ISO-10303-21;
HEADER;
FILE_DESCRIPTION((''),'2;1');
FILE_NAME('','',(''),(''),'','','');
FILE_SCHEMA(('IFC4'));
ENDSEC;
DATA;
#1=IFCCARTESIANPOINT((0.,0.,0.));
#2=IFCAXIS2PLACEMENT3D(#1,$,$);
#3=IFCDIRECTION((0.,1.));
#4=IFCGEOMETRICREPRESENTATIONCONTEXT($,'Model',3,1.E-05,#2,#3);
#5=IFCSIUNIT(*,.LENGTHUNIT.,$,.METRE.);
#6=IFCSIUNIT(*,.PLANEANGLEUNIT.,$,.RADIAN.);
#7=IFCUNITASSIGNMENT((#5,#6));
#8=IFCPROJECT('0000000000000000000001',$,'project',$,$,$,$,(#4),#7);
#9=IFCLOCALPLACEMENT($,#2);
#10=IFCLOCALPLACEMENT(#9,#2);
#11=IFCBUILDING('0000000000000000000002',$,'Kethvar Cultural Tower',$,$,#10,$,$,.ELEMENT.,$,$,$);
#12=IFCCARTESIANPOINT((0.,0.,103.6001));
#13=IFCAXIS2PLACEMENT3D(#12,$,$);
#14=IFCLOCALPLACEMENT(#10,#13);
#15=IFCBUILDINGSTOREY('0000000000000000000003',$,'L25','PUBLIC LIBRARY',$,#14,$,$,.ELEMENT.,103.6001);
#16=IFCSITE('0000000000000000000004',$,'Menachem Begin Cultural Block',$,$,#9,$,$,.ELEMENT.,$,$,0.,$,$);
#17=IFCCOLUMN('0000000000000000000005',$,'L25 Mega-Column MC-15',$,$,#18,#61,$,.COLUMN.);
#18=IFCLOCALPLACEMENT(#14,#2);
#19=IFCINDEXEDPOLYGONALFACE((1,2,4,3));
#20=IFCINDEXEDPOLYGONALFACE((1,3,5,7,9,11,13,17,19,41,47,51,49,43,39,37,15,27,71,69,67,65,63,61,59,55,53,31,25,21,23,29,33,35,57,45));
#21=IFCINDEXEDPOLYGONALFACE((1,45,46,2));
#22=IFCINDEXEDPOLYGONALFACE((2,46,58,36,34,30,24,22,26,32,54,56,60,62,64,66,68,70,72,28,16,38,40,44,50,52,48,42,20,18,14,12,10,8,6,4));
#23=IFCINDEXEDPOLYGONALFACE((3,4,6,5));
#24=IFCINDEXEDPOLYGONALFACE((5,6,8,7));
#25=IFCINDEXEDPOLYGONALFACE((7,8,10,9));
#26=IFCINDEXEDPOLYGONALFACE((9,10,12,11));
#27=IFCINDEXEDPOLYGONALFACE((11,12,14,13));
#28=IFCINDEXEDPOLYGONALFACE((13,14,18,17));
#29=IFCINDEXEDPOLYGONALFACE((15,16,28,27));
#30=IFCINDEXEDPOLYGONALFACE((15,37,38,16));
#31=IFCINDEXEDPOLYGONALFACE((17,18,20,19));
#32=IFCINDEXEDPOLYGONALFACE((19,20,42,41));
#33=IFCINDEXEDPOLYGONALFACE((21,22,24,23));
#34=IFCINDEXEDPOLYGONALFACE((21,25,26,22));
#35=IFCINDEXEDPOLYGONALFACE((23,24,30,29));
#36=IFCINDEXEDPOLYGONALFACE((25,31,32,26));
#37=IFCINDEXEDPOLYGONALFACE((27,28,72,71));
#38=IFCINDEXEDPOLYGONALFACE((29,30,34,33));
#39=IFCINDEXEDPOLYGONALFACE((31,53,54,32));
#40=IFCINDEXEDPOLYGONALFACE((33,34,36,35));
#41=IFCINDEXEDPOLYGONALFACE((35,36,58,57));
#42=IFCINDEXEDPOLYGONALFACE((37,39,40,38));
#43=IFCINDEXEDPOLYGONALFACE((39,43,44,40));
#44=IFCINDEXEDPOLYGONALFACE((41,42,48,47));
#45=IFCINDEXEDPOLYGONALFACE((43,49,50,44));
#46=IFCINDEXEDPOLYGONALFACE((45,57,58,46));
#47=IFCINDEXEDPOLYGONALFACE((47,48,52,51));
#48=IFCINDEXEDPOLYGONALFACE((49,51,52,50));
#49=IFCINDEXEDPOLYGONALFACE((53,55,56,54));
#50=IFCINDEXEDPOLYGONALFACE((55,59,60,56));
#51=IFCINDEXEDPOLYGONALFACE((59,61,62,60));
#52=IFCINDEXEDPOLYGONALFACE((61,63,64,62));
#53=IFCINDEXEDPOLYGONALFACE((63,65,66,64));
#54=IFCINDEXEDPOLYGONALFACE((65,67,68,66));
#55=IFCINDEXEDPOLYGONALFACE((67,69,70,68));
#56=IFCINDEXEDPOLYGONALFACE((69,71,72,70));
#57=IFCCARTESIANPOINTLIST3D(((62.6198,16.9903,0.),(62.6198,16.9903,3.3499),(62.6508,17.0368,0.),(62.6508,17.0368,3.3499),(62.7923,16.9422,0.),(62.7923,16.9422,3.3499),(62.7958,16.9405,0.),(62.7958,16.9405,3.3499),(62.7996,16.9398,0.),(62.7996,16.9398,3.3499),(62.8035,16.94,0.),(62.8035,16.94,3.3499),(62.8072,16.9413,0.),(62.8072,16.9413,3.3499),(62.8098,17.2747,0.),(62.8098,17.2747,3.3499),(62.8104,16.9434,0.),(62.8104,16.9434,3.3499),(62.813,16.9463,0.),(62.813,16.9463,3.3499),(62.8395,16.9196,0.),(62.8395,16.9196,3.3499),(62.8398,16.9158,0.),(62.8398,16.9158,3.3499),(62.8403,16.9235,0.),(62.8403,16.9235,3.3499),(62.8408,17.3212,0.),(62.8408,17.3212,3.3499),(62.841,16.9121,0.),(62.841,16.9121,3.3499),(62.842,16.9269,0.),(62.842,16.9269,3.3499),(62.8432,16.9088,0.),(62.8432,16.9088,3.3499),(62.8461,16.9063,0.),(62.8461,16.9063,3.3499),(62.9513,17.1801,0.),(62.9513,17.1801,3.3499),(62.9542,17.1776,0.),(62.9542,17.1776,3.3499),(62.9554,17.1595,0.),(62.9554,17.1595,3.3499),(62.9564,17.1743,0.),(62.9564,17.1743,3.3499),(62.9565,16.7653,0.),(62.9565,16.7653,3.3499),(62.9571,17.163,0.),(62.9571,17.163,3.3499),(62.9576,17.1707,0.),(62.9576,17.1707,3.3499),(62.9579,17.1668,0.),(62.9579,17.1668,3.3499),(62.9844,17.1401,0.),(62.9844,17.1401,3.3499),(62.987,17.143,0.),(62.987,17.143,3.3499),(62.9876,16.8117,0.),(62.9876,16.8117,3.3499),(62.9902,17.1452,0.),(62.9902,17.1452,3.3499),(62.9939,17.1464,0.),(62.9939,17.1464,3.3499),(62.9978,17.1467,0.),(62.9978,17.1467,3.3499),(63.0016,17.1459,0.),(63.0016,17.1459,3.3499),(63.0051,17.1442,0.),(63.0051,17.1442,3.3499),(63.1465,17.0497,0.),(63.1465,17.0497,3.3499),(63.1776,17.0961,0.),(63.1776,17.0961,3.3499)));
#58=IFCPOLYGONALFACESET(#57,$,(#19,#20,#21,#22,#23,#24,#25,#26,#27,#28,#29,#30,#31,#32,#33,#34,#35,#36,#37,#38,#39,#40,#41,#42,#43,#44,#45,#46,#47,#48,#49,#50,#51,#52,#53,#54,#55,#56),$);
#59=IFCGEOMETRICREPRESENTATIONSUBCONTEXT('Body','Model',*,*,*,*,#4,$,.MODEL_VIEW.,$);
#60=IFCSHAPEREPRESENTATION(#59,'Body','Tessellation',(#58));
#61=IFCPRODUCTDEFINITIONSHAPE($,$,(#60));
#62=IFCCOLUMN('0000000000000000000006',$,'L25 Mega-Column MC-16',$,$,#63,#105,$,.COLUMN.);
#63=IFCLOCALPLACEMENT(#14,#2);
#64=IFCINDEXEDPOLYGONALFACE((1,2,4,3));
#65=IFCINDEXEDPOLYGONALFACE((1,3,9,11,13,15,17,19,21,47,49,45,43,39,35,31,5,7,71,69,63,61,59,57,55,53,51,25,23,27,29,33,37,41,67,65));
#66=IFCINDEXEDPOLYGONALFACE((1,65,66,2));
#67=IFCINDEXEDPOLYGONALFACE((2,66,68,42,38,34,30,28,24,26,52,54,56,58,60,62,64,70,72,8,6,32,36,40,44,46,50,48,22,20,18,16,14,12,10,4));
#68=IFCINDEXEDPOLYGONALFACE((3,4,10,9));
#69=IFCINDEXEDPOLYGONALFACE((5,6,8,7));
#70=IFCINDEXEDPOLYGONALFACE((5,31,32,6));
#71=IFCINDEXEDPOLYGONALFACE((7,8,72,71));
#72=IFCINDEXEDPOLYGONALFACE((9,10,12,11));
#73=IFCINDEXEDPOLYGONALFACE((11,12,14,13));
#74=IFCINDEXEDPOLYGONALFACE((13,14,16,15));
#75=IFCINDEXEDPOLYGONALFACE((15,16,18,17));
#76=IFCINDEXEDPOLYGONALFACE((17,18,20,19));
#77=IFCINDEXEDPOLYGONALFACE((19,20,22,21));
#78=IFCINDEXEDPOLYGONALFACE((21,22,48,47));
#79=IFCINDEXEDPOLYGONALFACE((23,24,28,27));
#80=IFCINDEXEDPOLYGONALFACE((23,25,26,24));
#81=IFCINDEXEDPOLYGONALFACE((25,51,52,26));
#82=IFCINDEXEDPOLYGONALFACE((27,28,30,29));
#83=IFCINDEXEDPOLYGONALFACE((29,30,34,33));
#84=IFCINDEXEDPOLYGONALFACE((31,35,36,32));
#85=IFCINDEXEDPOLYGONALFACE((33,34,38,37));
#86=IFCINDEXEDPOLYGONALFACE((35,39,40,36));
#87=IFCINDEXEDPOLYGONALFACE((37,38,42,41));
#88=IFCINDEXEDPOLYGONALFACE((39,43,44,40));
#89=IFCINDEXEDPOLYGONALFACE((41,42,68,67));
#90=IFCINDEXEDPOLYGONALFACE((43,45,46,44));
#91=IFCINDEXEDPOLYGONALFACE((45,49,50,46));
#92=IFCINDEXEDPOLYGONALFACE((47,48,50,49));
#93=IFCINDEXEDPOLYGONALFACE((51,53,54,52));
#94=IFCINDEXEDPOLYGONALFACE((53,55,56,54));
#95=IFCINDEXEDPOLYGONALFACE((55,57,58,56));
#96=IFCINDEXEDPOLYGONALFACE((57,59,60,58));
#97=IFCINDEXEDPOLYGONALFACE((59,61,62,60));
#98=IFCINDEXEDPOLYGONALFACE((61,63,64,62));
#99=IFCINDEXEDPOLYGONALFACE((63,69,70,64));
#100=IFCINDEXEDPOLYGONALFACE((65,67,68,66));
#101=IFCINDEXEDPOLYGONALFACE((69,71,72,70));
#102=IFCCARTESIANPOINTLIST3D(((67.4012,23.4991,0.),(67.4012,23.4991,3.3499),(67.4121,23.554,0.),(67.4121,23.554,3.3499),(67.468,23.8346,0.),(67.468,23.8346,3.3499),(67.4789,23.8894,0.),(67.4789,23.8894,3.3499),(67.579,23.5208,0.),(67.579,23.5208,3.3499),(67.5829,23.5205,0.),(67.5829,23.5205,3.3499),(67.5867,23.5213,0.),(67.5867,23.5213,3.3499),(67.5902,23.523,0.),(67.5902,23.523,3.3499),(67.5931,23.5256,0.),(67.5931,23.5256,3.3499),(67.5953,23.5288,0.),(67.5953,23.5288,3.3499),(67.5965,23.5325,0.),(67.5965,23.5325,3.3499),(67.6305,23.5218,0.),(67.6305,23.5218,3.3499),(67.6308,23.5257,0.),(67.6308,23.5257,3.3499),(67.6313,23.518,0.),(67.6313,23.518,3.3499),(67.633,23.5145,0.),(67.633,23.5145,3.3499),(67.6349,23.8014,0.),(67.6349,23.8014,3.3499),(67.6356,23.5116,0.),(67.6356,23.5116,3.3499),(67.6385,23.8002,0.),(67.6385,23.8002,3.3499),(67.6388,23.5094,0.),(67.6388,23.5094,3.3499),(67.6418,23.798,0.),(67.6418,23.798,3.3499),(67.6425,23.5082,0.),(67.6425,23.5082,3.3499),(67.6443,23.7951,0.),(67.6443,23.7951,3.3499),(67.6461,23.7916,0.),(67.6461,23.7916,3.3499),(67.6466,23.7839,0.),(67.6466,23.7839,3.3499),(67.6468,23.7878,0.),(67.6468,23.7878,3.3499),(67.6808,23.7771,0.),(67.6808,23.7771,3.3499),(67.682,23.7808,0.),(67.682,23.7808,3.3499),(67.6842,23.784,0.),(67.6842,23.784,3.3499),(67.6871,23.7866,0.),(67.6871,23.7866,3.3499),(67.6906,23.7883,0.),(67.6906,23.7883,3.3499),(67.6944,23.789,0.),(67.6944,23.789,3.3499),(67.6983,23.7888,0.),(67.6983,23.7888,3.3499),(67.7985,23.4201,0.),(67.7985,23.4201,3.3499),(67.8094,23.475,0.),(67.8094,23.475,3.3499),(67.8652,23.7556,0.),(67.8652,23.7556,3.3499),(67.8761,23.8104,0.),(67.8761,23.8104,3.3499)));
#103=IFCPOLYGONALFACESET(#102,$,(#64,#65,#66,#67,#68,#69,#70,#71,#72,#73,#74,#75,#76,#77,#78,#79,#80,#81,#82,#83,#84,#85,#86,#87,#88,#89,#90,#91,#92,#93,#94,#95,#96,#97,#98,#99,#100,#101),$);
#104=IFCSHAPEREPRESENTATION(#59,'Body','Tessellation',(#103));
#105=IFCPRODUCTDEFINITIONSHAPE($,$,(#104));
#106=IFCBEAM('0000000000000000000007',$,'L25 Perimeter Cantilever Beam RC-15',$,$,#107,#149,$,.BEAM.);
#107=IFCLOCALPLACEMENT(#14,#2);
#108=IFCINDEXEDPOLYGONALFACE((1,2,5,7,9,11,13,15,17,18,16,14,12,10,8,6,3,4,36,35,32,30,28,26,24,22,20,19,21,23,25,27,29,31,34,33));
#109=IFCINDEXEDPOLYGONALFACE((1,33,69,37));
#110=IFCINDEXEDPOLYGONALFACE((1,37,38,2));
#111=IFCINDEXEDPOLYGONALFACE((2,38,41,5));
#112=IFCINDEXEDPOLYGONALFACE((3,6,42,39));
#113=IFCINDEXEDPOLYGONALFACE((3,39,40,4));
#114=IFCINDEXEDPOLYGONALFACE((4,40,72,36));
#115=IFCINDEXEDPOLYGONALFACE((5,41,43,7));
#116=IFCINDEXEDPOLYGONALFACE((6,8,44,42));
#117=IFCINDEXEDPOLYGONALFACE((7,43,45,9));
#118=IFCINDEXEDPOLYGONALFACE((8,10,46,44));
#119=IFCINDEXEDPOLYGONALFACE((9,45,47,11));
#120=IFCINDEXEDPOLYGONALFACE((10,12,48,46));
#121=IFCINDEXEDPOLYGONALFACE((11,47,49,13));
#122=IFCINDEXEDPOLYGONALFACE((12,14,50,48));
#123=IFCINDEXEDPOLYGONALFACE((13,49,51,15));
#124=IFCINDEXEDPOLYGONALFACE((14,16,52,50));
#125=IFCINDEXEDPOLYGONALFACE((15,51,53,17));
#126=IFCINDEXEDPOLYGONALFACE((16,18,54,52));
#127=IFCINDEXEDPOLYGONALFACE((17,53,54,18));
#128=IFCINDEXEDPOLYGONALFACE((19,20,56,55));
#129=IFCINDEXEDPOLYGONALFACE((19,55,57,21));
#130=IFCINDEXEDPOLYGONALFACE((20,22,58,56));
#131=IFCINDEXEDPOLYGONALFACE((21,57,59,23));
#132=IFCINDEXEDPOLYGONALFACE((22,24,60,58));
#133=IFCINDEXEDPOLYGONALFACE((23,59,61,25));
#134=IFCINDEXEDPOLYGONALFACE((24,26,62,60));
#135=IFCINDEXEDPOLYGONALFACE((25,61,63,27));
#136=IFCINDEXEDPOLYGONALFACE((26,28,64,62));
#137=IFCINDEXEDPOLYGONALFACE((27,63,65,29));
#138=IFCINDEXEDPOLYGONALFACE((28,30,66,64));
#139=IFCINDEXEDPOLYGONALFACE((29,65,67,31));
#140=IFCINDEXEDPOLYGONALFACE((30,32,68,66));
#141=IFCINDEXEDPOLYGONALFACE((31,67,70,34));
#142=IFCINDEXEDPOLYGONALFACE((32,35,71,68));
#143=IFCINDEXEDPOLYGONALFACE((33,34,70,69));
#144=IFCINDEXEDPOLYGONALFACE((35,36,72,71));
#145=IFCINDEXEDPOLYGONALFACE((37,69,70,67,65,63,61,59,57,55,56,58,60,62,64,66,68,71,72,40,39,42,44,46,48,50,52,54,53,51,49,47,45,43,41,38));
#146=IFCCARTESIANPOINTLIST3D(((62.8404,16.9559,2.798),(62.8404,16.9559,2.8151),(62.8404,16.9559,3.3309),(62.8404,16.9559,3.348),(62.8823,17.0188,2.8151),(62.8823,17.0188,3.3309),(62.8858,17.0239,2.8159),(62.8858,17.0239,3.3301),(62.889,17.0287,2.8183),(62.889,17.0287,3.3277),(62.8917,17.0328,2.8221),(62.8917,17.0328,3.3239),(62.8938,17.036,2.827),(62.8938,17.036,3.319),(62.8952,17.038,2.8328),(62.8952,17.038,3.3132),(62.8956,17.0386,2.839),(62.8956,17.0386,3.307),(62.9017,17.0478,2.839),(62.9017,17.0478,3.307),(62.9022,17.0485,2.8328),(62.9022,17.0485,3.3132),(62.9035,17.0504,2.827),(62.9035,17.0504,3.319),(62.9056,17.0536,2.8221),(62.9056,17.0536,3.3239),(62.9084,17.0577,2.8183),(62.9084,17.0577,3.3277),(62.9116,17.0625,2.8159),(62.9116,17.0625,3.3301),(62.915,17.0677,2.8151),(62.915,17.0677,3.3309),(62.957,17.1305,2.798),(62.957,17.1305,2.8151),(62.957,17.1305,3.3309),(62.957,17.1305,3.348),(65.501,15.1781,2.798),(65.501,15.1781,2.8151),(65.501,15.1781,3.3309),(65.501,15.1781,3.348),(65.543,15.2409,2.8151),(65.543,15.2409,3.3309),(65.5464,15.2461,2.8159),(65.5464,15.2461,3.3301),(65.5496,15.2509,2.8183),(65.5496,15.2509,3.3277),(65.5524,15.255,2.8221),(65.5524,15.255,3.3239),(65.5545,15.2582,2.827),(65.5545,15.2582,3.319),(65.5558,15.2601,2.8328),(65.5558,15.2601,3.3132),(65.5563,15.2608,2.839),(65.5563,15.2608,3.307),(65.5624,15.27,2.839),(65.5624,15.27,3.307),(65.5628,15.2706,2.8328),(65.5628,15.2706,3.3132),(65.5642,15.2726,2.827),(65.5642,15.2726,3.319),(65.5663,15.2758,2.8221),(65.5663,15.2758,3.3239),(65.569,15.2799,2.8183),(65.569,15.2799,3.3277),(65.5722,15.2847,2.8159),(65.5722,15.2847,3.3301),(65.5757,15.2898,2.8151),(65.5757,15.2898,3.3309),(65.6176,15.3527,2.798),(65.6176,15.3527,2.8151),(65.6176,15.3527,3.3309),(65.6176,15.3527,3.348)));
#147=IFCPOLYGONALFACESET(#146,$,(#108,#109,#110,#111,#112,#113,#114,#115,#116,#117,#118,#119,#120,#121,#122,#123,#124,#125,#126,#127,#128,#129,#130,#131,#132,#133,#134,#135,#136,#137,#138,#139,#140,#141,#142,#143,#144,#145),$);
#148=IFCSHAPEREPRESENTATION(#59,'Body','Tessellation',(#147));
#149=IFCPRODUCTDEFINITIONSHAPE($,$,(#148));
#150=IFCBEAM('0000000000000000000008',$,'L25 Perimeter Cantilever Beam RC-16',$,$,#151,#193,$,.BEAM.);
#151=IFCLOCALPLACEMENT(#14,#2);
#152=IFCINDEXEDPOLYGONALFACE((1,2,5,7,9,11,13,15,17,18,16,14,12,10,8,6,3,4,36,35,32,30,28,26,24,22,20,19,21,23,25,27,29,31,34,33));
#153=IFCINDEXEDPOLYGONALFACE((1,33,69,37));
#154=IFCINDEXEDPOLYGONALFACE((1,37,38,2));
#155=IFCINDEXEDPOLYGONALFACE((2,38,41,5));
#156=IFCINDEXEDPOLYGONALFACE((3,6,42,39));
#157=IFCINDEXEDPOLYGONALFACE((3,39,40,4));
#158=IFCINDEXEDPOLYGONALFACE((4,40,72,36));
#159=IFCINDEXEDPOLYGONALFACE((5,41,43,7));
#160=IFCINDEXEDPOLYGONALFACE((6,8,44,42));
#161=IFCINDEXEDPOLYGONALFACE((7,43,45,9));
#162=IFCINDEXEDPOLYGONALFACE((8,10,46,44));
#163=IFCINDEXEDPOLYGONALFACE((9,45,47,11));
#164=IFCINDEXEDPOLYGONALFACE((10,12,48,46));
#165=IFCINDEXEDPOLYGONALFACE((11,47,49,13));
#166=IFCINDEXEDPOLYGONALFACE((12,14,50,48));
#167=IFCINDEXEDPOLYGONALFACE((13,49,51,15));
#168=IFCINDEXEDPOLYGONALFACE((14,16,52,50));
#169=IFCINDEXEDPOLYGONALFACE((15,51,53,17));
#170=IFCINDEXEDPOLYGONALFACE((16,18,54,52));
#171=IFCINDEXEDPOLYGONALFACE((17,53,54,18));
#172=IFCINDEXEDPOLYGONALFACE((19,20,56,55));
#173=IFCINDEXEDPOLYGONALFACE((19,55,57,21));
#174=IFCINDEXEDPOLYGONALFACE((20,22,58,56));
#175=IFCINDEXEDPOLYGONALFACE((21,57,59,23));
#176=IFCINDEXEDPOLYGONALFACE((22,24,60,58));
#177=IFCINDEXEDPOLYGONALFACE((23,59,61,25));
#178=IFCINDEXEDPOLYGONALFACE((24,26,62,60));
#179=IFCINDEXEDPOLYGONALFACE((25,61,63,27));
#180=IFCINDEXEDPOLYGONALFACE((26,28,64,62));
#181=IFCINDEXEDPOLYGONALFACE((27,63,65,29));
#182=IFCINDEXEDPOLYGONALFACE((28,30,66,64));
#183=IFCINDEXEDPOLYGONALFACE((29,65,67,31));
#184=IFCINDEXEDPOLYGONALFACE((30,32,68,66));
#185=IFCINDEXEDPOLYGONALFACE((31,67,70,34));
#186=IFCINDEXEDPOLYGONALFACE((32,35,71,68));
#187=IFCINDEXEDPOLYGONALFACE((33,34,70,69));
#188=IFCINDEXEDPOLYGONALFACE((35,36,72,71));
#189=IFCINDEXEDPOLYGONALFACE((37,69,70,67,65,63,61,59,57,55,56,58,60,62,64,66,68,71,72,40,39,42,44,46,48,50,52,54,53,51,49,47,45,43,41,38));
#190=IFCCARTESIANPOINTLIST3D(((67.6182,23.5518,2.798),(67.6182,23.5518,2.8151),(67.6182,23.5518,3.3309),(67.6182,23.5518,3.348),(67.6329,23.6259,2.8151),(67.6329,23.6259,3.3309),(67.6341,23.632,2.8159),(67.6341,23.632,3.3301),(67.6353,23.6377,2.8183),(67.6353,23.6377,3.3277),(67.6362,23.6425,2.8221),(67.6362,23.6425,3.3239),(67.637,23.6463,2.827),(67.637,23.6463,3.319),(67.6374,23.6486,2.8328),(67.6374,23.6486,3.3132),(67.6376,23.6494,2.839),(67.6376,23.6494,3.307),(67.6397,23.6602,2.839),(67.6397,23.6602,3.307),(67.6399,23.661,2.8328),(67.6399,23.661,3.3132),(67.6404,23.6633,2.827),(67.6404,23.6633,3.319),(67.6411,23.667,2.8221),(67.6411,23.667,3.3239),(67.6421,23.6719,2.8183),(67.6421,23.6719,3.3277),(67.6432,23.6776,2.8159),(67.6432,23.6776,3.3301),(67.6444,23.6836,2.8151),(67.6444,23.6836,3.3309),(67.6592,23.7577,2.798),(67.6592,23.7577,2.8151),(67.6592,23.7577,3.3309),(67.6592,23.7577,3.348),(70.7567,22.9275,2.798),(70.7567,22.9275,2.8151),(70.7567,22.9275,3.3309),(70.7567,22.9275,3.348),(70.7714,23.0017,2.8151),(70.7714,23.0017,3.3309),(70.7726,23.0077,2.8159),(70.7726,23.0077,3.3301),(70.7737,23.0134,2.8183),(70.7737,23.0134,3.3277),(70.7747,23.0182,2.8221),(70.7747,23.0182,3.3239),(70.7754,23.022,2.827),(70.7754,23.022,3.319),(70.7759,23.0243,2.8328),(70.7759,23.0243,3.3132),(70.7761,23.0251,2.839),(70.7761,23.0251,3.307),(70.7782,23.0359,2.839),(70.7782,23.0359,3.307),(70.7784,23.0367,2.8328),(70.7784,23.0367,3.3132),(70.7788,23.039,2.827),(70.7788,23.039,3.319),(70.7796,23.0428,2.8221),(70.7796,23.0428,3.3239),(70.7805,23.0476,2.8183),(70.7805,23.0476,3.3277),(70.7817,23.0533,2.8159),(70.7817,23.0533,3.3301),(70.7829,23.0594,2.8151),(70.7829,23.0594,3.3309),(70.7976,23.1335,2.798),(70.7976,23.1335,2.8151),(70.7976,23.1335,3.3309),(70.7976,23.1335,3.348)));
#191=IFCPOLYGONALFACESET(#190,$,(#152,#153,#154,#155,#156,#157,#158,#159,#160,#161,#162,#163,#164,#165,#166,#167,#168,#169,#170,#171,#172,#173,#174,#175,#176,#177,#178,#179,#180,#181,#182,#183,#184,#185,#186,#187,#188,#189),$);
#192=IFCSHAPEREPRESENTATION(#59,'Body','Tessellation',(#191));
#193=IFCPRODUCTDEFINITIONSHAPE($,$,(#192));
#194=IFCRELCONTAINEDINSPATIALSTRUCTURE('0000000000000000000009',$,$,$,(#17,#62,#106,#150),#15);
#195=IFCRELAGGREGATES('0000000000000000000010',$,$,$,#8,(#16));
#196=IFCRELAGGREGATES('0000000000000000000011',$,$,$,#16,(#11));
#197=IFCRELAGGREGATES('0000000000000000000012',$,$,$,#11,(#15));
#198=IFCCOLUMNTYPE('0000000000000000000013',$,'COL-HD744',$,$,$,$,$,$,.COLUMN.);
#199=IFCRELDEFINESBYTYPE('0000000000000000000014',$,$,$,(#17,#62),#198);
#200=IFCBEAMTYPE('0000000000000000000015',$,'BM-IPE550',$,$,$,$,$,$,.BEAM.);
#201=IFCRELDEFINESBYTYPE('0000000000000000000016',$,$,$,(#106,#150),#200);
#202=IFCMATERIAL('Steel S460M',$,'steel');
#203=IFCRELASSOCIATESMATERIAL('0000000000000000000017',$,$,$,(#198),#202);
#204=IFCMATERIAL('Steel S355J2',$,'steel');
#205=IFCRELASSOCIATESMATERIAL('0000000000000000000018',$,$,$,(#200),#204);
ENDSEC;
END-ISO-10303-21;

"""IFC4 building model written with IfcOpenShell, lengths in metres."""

from ifc_helpers import new_model, si_unit, direction, frame, origin, origin_2d, place, context, subcontext, project, spatial, i_section, extrude, source, transform, mapped, material, material_profile, profile_set, type_object, element, save


model = new_model("IFC4")

# Units and contexts
model_context = context("Model", 3, precision=1e-05, world=origin(), true_north=direction((0.0, 1.0)))
body_context = subcontext(model_context, "Body", "Model", "MODEL_VIEW")
ifc_project = project(units=[si_unit("LENGTHUNIT", "METRE"), si_unit("PLANEANGLEUNIT", "RADIAN")], contexts=[model_context])

# Site, building, storey
site_placement = place(None, origin())
site = spatial("IfcSite", under=ifc_project, at=site_placement, Name="Menachem Begin Cultural Block", CompositionType="ELEMENT", RefElevation=0.0)
building_placement = place(site_placement, origin())
building = spatial("IfcBuilding", under=site, at=building_placement, Name="Kethvar Cultural Tower", CompositionType="ELEMENT")
storey_placement = place(building_placement, frame((0.0, 0.0, 103.6001)))
storey = spatial("IfcBuildingStorey", under=building, at=storey_placement, Name="L25", Description="PUBLIC LIBRARY", CompositionType="ELEMENT", Elevation=103.6001)

# Columns
ifc_material_1 = material(Name="Steel S460M", Category="steel")
ifc_material_profile_1 = material_profile(ifc_material_1, i_section(OverallWidth=0.405, OverallDepth=0.3979, WebThickness=0.0349, FlangeThickness=0.0559, FilletRadius=0.0149, at=origin_2d()), Name="Steel S460M — HD400x744")
ifc_profile_set_1 = profile_set([ifc_material_profile_1], Name="Steel S460M — HD400x744")
column_type = type_object("IfcColumnType", Name="COL-HD744", PredefinedType="COLUMN", material=ifc_profile_set_1)
shared_shape_1 = source(origin(), body_context, "Body", "SweptSolid", [
    extrude(i_section(OverallWidth=0.405, OverallDepth=0.3979, WebThickness=0.0349, FlangeThickness=0.0559, FilletRadius=0.0149, at=origin_2d()), origin(), (0.0, 0.0, 1.0), 3.3499),
])
for number, where, z_axis, x_axis, name in (
    (1, (62.8987, 17.0432, 0.0), (0.0, 0.0, 1.0), (0.83147, -0.55557, 0.0), "L25 Mega-Column MC-15"),
    (2, (67.6387, 23.6548, 0.0), (0.0, 0.0, 1.0), (0.980785, -0.19509, 0.0), "L25 Mega-Column MC-16"),
):
    element("IfcColumn", number, at=place(storey_placement, frame(where, z_axis=z_axis, x_axis=x_axis)), inside=storey, type_object=column_type, Name=name, PredefinedType="COLUMN", context=body_context, shape_type="MappedRepresentation", body=[
        mapped(shared_shape_1, transform((0.0, 0.0, 0.0), scale=1.0)),
    ])

# Beams
ifc_material_2 = material(Name="Steel S355J2", Category="steel")
ifc_material_profile_2 = material_profile(ifc_material_2, i_section(OverallWidth=0.21, OverallDepth=0.55, WebThickness=0.011, FlangeThickness=0.0171, FilletRadius=0.0239, at=origin_2d()), Name="Steel S355J2 — IPE550")
ifc_profile_set_2 = profile_set([ifc_material_profile_2], Name="Steel S355J2 — IPE550")
beam_type_1 = type_object("IfcBeamType", Name="BM-IPE550", PredefinedType="BEAM", material=ifc_profile_set_2)
shared_shape_2 = source(origin(), body_context, "Body", "SweptSolid", [
    extrude(i_section(OverallWidth=0.21, OverallDepth=0.55, WebThickness=0.011, FlangeThickness=0.0171, FilletRadius=0.0239, at=origin_2d()), origin(), (0.0, 0.0, 1.0), 3.2),
])
for number, where, z_axis, x_axis, name in (
    (3, (62.8987, 17.0432, 3.073), (0.831463, -0.55558, 0.0), (0.55558, 0.831463, 0.0), "L25 Perimeter Cantilever Beam RC-15"),
    (4, (67.6387, 23.6548, 3.073), (0.980786, -0.195089, 0.0), (0.195089, 0.980786, 0.0), "L25 Perimeter Cantilever Beam RC-16"),
):
    element("IfcBeam", number, at=place(storey_placement, frame(where, z_axis=z_axis, x_axis=x_axis)), inside=storey, type_object=beam_type_1, Name=name, PredefinedType="BEAM", context=body_context, shape_type="MappedRepresentation", body=[
        mapped(shared_shape_2, transform((0.0, 0.0, 0.0), scale=1.0)),
    ])

save(model, "model.ifc")
